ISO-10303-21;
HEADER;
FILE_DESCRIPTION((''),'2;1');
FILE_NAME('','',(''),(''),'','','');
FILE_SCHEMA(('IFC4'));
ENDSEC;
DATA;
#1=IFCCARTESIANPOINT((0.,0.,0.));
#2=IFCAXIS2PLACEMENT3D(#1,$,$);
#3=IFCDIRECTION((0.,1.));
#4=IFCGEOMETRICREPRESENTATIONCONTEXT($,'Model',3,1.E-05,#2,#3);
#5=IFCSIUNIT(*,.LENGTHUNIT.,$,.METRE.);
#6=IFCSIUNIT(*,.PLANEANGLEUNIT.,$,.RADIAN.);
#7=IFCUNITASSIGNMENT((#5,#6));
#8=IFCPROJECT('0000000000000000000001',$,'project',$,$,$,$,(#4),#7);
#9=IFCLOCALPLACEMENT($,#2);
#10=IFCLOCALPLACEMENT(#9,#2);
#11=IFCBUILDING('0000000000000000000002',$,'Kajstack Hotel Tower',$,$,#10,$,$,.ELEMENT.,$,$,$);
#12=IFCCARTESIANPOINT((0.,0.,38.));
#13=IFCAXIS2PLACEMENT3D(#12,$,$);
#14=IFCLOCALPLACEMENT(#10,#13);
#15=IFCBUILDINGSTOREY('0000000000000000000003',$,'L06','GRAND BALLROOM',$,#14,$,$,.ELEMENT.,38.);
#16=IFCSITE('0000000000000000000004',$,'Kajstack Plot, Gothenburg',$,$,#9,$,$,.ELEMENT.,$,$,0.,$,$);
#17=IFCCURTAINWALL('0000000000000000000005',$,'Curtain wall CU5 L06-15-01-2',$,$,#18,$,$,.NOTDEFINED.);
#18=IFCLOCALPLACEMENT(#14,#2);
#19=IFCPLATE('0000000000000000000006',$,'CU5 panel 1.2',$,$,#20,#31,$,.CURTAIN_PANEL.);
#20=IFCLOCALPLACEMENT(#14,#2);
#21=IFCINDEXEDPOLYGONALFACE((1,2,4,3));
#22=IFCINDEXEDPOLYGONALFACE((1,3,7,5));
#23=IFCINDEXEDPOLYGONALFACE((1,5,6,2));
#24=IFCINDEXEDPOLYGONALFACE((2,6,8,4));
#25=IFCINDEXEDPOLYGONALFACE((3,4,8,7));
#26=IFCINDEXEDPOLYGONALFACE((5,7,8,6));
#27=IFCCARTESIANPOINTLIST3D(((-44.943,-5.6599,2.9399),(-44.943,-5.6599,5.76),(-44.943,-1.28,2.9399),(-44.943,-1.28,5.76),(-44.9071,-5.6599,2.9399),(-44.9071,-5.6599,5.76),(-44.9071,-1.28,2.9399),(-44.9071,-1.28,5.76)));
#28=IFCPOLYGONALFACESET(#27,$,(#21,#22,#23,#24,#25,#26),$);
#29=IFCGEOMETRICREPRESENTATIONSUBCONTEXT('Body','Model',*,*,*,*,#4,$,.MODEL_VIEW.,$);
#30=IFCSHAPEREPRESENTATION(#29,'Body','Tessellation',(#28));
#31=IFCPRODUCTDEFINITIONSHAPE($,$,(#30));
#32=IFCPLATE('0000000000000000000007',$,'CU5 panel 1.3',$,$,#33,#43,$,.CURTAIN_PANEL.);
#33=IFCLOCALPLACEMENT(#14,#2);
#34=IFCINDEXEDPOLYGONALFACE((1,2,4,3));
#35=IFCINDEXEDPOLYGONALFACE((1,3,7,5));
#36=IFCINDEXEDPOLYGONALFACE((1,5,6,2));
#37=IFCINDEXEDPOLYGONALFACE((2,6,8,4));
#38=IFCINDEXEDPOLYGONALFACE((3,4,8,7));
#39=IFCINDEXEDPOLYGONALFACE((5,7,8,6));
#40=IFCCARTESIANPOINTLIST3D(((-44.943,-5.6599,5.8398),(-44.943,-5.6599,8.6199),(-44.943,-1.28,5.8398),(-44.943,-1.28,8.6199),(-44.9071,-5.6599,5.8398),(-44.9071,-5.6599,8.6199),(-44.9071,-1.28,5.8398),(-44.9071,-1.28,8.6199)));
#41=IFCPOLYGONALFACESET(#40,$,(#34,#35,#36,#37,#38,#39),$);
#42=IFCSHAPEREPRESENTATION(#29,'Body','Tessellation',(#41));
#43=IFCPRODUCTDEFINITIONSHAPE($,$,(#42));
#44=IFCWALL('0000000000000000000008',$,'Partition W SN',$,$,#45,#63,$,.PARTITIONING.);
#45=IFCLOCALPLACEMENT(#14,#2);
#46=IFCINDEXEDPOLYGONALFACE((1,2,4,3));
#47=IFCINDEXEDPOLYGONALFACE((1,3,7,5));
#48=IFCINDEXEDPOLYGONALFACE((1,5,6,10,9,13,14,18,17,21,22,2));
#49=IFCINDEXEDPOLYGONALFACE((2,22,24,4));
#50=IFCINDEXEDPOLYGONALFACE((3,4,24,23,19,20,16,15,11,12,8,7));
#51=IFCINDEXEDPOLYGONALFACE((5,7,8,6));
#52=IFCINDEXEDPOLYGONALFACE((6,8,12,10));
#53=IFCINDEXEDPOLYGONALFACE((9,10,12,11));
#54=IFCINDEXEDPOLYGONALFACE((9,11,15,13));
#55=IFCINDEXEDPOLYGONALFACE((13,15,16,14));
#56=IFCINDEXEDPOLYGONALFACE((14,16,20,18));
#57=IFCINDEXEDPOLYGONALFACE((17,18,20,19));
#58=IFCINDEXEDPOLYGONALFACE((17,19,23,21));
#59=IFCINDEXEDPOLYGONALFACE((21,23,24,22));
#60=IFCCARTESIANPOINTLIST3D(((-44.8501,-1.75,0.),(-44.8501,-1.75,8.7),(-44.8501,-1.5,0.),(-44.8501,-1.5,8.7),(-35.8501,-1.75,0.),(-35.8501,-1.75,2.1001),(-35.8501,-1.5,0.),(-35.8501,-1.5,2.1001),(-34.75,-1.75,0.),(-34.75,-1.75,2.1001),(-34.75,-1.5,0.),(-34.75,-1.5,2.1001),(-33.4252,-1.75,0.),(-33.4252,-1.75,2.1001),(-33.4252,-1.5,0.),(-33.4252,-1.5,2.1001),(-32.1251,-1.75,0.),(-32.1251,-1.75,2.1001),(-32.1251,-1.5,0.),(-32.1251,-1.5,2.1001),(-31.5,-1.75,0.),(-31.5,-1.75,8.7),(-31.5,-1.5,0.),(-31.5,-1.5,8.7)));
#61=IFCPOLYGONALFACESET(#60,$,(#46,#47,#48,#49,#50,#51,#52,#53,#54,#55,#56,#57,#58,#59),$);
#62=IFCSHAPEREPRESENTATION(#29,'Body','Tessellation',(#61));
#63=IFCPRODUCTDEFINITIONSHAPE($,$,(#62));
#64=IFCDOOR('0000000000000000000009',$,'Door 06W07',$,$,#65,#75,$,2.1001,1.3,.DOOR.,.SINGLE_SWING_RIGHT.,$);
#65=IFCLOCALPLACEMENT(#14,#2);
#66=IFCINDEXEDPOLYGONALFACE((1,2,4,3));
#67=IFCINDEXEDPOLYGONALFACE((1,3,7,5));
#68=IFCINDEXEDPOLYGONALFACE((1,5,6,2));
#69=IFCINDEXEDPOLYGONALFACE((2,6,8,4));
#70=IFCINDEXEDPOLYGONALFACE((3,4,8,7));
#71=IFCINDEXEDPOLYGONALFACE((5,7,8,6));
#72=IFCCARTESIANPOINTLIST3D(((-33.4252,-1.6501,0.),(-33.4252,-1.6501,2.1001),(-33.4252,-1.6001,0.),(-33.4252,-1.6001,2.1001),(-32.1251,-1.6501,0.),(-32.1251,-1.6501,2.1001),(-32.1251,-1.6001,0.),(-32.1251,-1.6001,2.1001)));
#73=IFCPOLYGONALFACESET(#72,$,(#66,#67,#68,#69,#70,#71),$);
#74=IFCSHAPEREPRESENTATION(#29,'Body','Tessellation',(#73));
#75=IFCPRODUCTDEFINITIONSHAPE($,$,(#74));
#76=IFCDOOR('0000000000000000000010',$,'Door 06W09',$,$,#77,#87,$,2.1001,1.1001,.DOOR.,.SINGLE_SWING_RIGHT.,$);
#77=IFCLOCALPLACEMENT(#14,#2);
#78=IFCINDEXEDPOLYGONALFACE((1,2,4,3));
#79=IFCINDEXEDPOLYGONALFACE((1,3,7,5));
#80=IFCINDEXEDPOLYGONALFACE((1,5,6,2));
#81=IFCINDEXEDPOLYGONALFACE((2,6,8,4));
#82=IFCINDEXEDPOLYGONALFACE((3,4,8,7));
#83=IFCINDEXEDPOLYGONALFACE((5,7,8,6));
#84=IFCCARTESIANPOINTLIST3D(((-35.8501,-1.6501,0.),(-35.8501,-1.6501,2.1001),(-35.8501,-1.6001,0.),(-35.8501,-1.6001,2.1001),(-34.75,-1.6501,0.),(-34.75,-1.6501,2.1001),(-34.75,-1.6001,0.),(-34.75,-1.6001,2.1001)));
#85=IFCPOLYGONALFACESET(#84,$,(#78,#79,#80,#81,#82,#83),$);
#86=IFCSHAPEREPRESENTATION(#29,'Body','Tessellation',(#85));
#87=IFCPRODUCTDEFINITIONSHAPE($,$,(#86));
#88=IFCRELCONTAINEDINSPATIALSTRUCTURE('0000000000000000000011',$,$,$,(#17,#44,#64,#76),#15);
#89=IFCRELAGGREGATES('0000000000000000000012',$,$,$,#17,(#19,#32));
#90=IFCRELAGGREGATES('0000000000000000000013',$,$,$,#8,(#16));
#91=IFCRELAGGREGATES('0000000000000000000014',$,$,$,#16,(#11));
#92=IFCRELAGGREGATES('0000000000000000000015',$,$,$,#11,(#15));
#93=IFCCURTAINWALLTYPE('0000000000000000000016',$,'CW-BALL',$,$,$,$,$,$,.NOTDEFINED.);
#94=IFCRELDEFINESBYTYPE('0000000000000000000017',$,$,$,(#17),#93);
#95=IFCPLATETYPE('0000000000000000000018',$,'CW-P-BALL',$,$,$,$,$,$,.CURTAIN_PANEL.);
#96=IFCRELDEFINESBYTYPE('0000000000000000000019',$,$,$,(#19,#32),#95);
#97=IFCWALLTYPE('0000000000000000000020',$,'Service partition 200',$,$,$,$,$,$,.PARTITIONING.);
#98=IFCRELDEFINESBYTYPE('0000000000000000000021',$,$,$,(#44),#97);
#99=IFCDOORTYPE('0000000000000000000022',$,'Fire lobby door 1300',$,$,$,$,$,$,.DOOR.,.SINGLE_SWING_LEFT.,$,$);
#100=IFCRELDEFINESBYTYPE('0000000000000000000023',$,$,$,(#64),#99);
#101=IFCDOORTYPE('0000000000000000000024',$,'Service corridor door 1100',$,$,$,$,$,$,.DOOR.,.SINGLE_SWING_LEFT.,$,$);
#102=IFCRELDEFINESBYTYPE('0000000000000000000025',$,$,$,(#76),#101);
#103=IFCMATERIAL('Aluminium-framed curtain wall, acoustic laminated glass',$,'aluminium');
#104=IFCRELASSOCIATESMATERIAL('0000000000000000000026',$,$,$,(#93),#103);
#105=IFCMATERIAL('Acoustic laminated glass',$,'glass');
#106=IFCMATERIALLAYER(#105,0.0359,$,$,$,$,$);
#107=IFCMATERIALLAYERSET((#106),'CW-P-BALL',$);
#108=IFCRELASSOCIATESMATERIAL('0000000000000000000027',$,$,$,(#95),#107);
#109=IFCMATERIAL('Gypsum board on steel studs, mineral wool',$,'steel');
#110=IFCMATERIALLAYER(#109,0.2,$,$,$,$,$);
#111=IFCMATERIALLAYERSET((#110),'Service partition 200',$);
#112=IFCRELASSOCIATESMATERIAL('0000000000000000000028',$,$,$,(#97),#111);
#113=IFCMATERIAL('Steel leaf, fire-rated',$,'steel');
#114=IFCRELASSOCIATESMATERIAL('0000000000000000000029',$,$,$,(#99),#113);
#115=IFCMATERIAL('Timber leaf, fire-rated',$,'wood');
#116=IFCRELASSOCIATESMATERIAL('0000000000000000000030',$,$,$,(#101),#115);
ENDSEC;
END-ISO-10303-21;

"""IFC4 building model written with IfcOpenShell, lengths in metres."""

from ifc_helpers import new_model, si_unit, direction, frame, frame_2d, origin, origin_2d, place, context, subcontext, project, spatial, rectangle, extrude, material, layer, layer_set, type_object, element, fill, aggregate, save


model = new_model("IFC4")

# Units and contexts
model_context = context("Model", 3, precision=1e-05, world=origin(), true_north=direction((0.0, 1.0)))
body_context = subcontext(model_context, "Body", "Model", "MODEL_VIEW")
ifc_project = project(units=[si_unit("LENGTHUNIT", "METRE"), si_unit("PLANEANGLEUNIT", "RADIAN")], contexts=[model_context])

# Site, building, storey
site_placement = place(None, origin())
site = spatial("IfcSite", under=ifc_project, at=site_placement, Name="Kajstack Plot, Gothenburg", CompositionType="ELEMENT", RefElevation=0.0)
building_placement = place(site_placement, origin())
building = spatial("IfcBuilding", under=site, at=building_placement, Name="Kajstack Hotel Tower", CompositionType="ELEMENT")
storey_placement = place(building_placement, frame((0.0, 0.0, 38.0)))
storey = spatial("IfcBuildingStorey", under=building, at=storey_placement, Name="L06", Description="GRAND BALLROOM", CompositionType="ELEMENT", Elevation=38.0)

# Curtain wall
ifc_material_1 = material(Name="Aluminium-framed curtain wall, acoustic laminated glass", Category="aluminium")
curtain_wall_type = type_object("IfcCurtainWallType", Name="CW-BALL", PredefinedType="NOTDEFINED", material=ifc_material_1)
curtain_wall_1_placement = place(storey_placement, origin())
curtain_wall_1 = element("IfcCurtainWall", 1, at=curtain_wall_1_placement, inside=storey, type_object=curtain_wall_type, Name="Curtain wall CU5 L06-15-01-2", PredefinedType="NOTDEFINED")

# Plates
ifc_material_2 = material(Name="Acoustic laminated glass", Category="glass")
ifc_layer_1 = layer(ifc_material_2, 0.0359)
ifc_layer_set_1 = layer_set([ifc_layer_1], Name="CW-P-BALL")
plate_type = type_object("IfcPlateType", Name="CW-P-BALL", PredefinedType="CURTAIN_PANEL", material=ifc_layer_set_1)
plate_1_placement = place(storey_placement, frame((-44.925, -3.47, 2.9399), z_axis=(0.0, 0.0, 1.0), x_axis=(0.0, -1.0, 0.0)))
plate_1 = element("IfcPlate", 2, at=plate_1_placement, type_object=plate_type, Name="CU5 panel 1.2", PredefinedType="CURTAIN_PANEL", context=body_context, shape_type="SweptSolid", body=[
    extrude(rectangle(XDim=4.3799, YDim=0.0359, at=origin_2d()), origin(), (0.0, 0.0, 1.0), 2.8201),
])
plate_2_placement = place(storey_placement, frame((-44.925, -3.47, 5.8398), z_axis=(0.0, 0.0, 1.0), x_axis=(0.0, -1.0, 0.0)))
plate_2 = element("IfcPlate", 3, at=plate_2_placement, type_object=plate_type, Name="CU5 panel 1.3", PredefinedType="CURTAIN_PANEL", context=body_context, shape_type="SweptSolid", body=[
    extrude(rectangle(XDim=4.3799, YDim=0.0359, at=origin_2d()), origin(), (0.0, 0.0, 1.0), 2.78),
])
aggregate(curtain_wall_1, [plate_1, plate_2])

# Wall, openings, doors
ifc_material_3 = material(Name="Gypsum board on steel studs, mineral wool", Category="steel")
ifc_layer_2 = layer(ifc_material_3, 0.2)
ifc_layer_set_2 = layer_set([ifc_layer_2], Name="Service partition 200")
wall_type = type_object("IfcWallType", Name="Service partition 200", PredefinedType="PARTITIONING", material=ifc_layer_set_2)
wall_placement = place(storey_placement, frame((-44.8501, -1.625, 0.0), z_axis=(0.0, 0.0, 1.0), x_axis=(1.0, 0.0, 0.0)))
wall = element("IfcWall", 4, at=wall_placement, inside=storey, type_object=wall_type, Name="Partition W SN", PredefinedType="PARTITIONING", context=body_context, shape_type="SweptSolid", body=[
    extrude(rectangle(XDim=13.3501, YDim=0.25, at=frame_2d((6.675, 0.0))), origin(), (0.0, 0.0, 1.0), 8.7),
])
opening_1_placement = place(wall_placement, frame((11.425, 0.0, 0.0)))
opening_1 = element("IfcOpeningElement", 5, at=opening_1_placement, cuts=wall, PredefinedType="OPENING", context=body_context, shape_type="SweptSolid", body=[
    extrude(rectangle(XDim=1.3, YDim=2.1001, at=frame_2d((0.6499, 1.05))), frame((0.0, 0.135, 0.0), z_axis=(0.0, -1.0, 0.0), x_axis=(1.0, 0.0, 0.0)), (0.0, 0.0, 1.0), 0.27),
])
opening_2_placement = place(wall_placement, frame((9.0, 0.0, 0.0)))
opening_2 = element("IfcOpeningElement", 6, at=opening_2_placement, cuts=wall, PredefinedType="OPENING", context=body_context, shape_type="SweptSolid", body=[
    extrude(rectangle(XDim=1.1001, YDim=2.1001, at=frame_2d((0.55, 1.05))), frame((0.0, 0.135, 0.0), z_axis=(0.0, -1.0, 0.0), x_axis=(1.0, 0.0, 0.0)), (0.0, 0.0, 1.0), 0.27),
])
ifc_material_4 = material(Name="Steel leaf, fire-rated", Category="steel")
door_type_1 = type_object("IfcDoorType", Name="Fire lobby door 1300", OperationType="SINGLE_SWING_LEFT", PredefinedType="DOOR", material=ifc_material_4)
door_1_placement = place(opening_1_placement, origin())
door_1 = element("IfcDoor", 7, at=door_1_placement, inside=storey, type_object=door_type_1, Name="Door 06W07", OperationType="SINGLE_SWING_RIGHT", OverallHeight=2.1001, OverallWidth=1.3, PredefinedType="DOOR", context=body_context, shape_type="SweptSolid", body=[
    extrude(rectangle(XDim=1.3, YDim=2.1001, at=frame_2d((0.6499, 1.05))), frame((0.0, 0.0249, 0.0), z_axis=(0.0, -1.0, 0.0), x_axis=(1.0, 0.0, 0.0)), (0.0, 0.0, 1.0), 0.05),
])
fill(opening_1, door_1)
ifc_material_5 = material(Name="Timber leaf, fire-rated", Category="wood")
door_type_2 = type_object("IfcDoorType", Name="Service corridor door 1100", OperationType="SINGLE_SWING_LEFT", PredefinedType="DOOR", material=ifc_material_5)
door_2_placement = place(opening_2_placement, origin())
door_2 = element("IfcDoor", 8, at=door_2_placement, inside=storey, type_object=door_type_2, Name="Door 06W09", OperationType="SINGLE_SWING_RIGHT", OverallHeight=2.1001, OverallWidth=1.1001, PredefinedType="DOOR", context=body_context, shape_type="SweptSolid", body=[
    extrude(rectangle(XDim=1.1001, YDim=2.1001, at=frame_2d((0.55, 1.05))), frame((0.0, 0.0249, 0.0), z_axis=(0.0, -1.0, 0.0), x_axis=(1.0, 0.0, 0.0)), (0.0, 0.0, 1.0), 0.05),
])
fill(opening_2, door_2)

save(model, "model.ifc")
